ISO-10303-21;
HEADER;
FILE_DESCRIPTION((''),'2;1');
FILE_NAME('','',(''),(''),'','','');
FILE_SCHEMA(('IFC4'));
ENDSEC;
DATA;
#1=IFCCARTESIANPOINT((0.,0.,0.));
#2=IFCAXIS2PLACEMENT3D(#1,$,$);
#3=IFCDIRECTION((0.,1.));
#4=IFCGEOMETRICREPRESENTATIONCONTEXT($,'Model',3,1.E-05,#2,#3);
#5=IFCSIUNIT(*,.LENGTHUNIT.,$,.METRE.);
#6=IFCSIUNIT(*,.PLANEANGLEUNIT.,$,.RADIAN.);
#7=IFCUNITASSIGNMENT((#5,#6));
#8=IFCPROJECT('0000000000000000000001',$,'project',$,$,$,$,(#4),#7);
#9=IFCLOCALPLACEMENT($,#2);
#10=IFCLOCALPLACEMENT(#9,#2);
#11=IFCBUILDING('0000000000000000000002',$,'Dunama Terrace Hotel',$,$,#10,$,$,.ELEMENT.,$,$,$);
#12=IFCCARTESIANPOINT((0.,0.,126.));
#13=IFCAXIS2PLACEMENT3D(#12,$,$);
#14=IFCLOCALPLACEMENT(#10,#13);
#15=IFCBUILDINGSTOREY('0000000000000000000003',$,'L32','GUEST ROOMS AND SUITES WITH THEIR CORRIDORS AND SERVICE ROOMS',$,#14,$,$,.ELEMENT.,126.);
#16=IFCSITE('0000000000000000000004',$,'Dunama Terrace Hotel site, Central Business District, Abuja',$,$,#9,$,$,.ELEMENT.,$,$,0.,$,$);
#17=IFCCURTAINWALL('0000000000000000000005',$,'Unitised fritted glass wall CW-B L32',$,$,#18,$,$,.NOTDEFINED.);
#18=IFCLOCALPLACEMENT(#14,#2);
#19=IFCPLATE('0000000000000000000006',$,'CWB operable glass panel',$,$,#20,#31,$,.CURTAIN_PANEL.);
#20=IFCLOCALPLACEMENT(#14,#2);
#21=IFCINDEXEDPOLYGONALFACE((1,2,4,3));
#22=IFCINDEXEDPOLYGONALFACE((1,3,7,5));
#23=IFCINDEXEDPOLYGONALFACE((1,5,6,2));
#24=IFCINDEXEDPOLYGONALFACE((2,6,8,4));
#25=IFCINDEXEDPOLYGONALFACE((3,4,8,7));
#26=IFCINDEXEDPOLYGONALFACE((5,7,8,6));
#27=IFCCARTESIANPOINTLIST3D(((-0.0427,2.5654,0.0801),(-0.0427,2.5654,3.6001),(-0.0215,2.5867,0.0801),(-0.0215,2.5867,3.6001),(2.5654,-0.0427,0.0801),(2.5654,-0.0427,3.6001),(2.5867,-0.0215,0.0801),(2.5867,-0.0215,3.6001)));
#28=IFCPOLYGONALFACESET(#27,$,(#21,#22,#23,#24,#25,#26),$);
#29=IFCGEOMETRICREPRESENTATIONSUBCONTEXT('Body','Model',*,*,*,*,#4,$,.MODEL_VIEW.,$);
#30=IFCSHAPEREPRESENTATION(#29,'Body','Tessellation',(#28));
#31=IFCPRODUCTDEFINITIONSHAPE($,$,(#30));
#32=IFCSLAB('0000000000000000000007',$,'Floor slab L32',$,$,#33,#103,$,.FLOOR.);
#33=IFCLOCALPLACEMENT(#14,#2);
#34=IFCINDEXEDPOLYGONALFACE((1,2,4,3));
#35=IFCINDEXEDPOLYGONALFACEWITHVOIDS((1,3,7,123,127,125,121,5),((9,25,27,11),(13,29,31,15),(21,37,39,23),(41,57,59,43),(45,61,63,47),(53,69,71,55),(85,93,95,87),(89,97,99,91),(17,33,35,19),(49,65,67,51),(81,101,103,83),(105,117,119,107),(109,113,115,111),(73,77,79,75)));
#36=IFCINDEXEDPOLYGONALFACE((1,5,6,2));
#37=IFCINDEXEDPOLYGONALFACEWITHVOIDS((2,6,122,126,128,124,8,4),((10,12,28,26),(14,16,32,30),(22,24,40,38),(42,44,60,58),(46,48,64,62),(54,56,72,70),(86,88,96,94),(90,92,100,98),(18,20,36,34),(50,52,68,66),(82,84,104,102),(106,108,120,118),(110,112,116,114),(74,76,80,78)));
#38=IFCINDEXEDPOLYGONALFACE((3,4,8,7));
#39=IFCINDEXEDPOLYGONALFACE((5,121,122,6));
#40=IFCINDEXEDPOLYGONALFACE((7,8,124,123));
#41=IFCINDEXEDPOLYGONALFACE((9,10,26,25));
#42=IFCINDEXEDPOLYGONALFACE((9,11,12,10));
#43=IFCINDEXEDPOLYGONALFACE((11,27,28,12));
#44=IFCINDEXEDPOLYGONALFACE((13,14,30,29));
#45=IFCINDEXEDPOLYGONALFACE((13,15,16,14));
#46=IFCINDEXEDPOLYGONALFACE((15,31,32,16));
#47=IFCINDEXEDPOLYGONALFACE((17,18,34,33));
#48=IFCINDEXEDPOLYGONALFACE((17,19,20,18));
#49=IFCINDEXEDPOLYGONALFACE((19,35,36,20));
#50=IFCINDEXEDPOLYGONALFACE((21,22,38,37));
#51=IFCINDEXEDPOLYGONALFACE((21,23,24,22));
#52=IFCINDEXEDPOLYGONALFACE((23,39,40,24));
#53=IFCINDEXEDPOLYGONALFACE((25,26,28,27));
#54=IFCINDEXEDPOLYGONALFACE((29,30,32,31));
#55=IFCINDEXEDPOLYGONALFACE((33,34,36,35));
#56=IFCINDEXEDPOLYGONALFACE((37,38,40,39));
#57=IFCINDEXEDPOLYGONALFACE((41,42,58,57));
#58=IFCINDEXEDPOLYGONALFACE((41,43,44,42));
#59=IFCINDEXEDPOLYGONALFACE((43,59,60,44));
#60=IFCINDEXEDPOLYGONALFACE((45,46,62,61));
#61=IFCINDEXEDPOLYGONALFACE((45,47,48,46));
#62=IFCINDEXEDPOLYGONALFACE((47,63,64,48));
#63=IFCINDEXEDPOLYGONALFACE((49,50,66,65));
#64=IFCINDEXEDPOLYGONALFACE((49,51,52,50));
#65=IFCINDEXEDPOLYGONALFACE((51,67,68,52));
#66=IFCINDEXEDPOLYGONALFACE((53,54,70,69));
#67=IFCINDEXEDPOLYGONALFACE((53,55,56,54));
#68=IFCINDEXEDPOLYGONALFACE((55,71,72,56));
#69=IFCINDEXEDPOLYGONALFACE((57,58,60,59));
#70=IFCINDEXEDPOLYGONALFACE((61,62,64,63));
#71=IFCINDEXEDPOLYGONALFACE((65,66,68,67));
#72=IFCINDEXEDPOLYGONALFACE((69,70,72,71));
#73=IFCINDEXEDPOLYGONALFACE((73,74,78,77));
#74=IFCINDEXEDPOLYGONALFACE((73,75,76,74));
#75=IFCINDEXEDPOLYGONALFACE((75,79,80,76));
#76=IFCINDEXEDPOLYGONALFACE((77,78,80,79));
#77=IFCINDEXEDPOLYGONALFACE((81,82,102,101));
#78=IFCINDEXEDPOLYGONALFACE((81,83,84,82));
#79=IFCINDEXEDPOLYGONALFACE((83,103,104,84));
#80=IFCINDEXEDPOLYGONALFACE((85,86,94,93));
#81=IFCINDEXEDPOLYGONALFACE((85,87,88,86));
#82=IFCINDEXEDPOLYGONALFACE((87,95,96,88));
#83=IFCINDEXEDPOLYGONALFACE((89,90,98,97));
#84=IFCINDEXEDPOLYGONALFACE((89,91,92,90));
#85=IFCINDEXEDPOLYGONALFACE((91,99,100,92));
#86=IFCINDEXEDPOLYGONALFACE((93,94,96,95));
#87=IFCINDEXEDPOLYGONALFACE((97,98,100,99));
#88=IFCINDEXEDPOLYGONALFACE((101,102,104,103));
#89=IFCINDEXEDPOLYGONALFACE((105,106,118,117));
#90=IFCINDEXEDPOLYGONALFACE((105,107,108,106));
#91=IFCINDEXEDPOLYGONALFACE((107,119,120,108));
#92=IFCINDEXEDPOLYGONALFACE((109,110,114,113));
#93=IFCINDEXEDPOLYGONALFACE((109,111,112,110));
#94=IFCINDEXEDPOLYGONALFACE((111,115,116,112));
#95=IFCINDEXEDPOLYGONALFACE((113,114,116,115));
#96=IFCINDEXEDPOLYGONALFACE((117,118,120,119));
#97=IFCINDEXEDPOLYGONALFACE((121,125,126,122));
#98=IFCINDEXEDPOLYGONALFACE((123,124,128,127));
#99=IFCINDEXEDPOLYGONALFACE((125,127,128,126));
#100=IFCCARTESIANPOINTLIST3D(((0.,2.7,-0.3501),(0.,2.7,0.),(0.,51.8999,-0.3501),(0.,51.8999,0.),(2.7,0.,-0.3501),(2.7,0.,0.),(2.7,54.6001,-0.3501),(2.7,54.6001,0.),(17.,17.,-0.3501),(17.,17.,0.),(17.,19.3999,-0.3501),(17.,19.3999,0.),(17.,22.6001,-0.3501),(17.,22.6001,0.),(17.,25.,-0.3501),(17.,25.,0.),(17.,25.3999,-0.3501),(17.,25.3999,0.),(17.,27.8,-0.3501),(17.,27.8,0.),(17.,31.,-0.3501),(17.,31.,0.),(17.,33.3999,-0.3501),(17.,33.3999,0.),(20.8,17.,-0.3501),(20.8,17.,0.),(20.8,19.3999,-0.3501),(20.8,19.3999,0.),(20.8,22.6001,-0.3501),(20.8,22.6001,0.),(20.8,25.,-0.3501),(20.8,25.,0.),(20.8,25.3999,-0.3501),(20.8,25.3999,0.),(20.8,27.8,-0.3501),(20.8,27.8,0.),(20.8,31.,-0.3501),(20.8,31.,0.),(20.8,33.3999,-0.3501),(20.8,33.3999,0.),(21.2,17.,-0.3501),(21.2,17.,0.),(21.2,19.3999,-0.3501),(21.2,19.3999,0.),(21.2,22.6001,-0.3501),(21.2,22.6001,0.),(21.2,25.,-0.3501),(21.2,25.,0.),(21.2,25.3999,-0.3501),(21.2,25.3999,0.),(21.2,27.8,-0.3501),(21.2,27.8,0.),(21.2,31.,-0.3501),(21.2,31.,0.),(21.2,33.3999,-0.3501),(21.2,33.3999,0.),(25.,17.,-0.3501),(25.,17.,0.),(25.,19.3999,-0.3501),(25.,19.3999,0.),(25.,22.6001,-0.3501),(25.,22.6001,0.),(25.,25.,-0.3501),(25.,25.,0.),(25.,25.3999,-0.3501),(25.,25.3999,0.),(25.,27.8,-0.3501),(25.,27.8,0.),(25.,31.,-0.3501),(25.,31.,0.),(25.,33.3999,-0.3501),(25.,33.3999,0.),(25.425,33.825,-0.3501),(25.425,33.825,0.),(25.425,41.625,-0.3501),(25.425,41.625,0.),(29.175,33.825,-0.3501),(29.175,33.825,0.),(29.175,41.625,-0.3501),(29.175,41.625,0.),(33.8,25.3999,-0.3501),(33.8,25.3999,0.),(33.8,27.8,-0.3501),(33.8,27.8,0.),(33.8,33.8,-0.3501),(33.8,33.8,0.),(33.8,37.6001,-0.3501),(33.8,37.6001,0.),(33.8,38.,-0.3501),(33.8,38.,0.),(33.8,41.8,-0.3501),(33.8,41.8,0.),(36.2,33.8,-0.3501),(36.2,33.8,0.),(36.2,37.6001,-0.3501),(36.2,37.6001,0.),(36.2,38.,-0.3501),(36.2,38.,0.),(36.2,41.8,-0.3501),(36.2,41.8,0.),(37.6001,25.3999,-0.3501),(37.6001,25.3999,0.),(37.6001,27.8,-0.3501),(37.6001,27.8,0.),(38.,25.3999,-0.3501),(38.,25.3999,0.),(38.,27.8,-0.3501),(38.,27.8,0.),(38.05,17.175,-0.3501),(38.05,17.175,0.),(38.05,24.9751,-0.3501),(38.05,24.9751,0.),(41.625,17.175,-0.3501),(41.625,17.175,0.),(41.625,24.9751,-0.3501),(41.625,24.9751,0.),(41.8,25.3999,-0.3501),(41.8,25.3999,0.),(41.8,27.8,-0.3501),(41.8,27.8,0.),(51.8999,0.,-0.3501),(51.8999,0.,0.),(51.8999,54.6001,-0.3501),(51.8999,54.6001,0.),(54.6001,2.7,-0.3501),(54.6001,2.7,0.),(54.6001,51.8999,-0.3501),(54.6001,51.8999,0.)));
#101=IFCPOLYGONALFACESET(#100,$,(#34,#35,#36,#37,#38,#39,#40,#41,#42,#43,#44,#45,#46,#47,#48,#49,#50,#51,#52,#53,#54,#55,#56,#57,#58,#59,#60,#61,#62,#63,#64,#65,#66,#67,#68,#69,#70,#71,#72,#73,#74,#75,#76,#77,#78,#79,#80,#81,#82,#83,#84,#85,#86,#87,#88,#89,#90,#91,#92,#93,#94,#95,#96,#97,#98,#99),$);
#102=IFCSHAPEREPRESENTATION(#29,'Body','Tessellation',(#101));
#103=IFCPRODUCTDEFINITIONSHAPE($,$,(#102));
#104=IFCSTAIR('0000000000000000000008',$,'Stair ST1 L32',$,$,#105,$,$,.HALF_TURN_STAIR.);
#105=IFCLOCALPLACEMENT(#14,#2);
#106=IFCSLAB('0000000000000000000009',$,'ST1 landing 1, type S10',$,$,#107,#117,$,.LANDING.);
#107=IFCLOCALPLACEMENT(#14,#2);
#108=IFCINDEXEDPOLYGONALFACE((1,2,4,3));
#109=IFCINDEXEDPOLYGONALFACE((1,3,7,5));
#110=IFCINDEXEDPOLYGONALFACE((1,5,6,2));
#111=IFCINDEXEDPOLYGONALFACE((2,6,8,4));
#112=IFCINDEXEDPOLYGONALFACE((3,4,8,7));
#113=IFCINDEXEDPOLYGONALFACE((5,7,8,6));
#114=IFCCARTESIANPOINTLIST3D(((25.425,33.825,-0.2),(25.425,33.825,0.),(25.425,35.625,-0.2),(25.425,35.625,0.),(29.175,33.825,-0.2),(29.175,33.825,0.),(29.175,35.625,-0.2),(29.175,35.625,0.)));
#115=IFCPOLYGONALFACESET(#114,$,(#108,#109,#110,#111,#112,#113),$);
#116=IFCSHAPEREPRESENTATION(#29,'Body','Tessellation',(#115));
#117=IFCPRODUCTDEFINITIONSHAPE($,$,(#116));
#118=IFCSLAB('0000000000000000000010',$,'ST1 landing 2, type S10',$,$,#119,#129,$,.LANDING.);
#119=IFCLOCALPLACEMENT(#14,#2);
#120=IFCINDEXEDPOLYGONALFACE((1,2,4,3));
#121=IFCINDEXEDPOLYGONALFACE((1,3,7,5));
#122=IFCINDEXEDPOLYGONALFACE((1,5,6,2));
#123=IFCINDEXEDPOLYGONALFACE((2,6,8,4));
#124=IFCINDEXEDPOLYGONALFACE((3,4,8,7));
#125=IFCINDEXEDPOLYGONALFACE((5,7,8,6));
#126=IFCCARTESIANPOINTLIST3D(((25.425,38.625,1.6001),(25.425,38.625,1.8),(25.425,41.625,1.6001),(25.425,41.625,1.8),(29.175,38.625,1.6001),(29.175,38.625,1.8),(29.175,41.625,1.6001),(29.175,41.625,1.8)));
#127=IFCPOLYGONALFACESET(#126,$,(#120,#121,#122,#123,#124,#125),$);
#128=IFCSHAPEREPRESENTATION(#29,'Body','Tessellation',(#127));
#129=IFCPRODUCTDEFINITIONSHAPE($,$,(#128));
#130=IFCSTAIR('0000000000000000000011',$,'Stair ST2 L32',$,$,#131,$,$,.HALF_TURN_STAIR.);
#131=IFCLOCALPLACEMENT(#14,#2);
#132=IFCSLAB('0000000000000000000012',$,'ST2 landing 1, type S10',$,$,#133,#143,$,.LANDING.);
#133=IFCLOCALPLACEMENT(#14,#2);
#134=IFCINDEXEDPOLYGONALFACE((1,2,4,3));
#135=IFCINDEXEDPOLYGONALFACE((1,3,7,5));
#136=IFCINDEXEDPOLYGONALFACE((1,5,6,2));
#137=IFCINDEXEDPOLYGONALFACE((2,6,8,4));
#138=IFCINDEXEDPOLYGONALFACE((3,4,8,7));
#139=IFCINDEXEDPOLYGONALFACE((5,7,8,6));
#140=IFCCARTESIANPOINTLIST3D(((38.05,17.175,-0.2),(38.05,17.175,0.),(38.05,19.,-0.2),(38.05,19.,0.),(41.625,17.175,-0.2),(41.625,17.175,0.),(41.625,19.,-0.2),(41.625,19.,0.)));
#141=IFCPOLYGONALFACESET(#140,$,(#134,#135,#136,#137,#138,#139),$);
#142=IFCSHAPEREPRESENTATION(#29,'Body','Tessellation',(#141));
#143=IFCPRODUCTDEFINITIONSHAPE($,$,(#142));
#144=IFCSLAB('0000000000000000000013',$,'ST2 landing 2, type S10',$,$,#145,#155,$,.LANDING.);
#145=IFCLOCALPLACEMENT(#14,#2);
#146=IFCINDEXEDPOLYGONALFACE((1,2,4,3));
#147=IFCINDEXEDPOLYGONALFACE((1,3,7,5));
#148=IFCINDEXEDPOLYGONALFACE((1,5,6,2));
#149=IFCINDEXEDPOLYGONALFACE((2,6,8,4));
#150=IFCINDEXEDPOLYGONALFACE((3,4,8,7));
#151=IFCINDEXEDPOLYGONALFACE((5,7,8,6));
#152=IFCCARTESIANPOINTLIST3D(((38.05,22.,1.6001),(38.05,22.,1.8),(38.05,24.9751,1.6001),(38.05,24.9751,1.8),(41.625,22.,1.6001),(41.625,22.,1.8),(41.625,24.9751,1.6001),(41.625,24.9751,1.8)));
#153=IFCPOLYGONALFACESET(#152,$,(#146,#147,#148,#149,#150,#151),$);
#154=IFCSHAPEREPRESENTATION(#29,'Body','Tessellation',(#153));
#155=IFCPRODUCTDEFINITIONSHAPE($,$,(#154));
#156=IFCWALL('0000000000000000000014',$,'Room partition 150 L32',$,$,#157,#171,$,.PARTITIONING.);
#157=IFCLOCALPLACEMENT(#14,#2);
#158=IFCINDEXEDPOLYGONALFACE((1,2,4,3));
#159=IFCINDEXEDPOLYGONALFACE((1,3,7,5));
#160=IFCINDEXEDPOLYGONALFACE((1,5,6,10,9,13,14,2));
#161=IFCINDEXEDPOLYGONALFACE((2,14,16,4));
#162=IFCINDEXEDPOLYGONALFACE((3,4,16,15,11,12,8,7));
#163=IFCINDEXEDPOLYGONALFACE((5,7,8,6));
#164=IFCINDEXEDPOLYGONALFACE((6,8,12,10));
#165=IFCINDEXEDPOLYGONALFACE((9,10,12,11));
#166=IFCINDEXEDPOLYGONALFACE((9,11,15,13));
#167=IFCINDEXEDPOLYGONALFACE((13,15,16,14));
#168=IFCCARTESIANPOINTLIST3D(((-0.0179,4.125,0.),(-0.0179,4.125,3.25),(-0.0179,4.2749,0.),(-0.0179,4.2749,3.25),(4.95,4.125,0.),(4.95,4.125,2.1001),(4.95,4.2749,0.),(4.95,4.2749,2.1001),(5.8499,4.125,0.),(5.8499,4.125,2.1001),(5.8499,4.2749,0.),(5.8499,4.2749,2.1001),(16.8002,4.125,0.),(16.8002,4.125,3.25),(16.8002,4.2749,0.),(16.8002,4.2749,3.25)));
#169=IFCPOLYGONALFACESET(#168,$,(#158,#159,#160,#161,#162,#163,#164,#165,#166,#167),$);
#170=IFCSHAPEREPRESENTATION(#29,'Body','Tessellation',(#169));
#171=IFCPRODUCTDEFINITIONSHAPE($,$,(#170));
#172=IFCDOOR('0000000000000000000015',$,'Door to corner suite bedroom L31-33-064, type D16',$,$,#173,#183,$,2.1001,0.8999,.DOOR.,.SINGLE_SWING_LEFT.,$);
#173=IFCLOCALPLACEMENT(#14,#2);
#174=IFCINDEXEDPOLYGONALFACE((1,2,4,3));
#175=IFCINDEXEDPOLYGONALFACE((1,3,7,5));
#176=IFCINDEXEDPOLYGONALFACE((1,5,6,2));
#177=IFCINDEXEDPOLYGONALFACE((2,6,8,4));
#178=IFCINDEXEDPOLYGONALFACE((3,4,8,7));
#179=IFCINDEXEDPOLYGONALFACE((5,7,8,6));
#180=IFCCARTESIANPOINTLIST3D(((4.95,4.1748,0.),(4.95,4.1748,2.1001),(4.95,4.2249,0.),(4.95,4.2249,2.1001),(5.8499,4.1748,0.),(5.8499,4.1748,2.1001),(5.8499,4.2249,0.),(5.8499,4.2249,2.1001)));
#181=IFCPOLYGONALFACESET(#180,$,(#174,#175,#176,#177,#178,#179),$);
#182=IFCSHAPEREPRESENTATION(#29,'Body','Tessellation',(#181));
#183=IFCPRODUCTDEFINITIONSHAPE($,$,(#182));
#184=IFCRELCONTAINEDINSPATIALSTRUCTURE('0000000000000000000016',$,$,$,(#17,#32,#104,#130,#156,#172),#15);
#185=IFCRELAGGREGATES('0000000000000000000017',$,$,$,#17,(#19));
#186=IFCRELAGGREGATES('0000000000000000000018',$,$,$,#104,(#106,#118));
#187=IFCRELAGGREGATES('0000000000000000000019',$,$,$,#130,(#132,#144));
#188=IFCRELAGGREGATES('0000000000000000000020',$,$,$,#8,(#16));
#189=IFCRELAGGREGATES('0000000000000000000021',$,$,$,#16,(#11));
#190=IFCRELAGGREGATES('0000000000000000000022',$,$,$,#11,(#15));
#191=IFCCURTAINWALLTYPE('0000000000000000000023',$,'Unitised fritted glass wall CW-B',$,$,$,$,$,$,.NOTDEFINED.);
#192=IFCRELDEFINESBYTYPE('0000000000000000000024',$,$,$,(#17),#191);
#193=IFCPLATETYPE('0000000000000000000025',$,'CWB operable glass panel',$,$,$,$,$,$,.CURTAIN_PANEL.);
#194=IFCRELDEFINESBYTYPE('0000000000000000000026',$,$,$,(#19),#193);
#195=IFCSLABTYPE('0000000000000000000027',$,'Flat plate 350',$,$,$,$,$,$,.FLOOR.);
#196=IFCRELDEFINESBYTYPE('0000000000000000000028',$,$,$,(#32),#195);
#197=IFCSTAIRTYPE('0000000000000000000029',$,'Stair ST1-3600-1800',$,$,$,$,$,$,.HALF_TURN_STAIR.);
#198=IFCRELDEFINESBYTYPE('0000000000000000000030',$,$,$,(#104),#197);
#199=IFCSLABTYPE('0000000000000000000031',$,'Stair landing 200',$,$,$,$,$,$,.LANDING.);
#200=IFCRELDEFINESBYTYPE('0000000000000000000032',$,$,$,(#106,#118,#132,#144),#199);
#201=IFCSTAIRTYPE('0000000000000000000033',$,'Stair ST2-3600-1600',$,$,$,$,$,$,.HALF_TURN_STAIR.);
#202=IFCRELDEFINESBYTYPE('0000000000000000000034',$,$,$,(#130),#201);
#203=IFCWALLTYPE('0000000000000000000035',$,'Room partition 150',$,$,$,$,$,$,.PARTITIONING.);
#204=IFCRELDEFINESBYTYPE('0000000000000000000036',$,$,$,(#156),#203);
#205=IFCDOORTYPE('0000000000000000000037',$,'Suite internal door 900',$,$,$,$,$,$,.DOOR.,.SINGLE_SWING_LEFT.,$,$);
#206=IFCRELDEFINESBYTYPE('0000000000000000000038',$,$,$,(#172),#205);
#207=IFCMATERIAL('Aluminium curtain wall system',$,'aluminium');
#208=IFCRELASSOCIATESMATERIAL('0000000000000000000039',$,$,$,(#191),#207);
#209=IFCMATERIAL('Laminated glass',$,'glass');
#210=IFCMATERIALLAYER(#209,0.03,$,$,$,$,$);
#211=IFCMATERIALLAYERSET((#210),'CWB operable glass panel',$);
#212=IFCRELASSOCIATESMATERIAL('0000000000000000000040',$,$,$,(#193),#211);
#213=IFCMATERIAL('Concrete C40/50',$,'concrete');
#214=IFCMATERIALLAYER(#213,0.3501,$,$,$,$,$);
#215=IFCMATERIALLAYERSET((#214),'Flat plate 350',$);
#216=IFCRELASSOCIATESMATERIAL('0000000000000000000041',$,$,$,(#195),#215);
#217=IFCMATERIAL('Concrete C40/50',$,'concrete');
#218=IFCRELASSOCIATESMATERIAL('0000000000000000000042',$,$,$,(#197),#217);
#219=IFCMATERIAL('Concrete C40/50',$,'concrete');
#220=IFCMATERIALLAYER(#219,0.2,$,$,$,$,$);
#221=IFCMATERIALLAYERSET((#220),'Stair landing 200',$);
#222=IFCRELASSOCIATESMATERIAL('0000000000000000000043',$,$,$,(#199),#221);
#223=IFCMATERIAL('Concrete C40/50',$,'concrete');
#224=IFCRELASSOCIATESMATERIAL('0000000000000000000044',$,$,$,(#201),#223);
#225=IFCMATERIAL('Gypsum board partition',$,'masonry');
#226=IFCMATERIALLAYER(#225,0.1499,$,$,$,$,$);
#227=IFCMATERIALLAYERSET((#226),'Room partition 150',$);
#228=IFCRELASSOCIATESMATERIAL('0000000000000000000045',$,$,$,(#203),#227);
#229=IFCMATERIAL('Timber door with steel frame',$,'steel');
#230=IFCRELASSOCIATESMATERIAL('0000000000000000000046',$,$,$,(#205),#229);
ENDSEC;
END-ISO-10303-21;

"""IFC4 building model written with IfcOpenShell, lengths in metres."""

from ifc_helpers import new_model, si_unit, direction, frame, frame_2d, origin, origin_2d, place, context, subcontext, project, spatial, polyline, rectangle, outline, extrude, material, layer, layer_set, type_object, element, fill, aggregate, save


model = new_model("IFC4")

# Units and contexts
model_context = context("Model", 3, precision=1e-05, world=origin(), true_north=direction((0.0, 1.0)))
body_context = subcontext(model_context, "Body", "Model", "MODEL_VIEW")
ifc_project = project(units=[si_unit("LENGTHUNIT", "METRE"), si_unit("PLANEANGLEUNIT", "RADIAN")], contexts=[model_context])

# Site, building, storey
site_placement = place(None, origin())
site = spatial("IfcSite", under=ifc_project, at=site_placement, Name="Dunama Terrace Hotel site, Central Business District, Abuja", CompositionType="ELEMENT", RefElevation=0.0)
building_placement = place(site_placement, origin())
building = spatial("IfcBuilding", under=site, at=building_placement, Name="Dunama Terrace Hotel", CompositionType="ELEMENT")
storey_placement = place(building_placement, frame((0.0, 0.0, 126.0)))
storey = spatial("IfcBuildingStorey", under=building, at=storey_placement, Name="L32", Description="GUEST ROOMS AND SUITES WITH THEIR CORRIDORS AND SERVICE ROOMS", CompositionType="ELEMENT", Elevation=126.0)

# Curtain wall
ifc_material_1 = material(Name="Aluminium curtain wall system", Category="aluminium")
curtain_wall_type = type_object("IfcCurtainWallType", Name="Unitised fritted glass wall CW-B", PredefinedType="NOTDEFINED", material=ifc_material_1)
curtain_wall_1_placement = place(storey_placement, origin())
curtain_wall_1 = element("IfcCurtainWall", 1, at=curtain_wall_1_placement, inside=storey, type_object=curtain_wall_type, Name="Unitised fritted glass wall CW-B L32", PredefinedType="NOTDEFINED")

# Plate
ifc_material_2 = material(Name="Laminated glass", Category="glass")
ifc_layer_1 = layer(ifc_material_2, 0.03)
ifc_layer_set_1 = layer_set([ifc_layer_1], Name="CWB operable glass panel")
plate_type_1 = type_object("IfcPlateType", Name="CWB operable glass panel", PredefinedType="CURTAIN_PANEL", material=ifc_layer_set_1)
plate_1_placement = place(storey_placement, frame((1.272, 1.272, 0.0801), z_axis=(0.0, 0.0, 1.0), x_axis=(0.707107, -0.707107, 0.0)))
plate_1 = element("IfcPlate", 2, at=plate_1_placement, type_object=plate_type_1, Name="CWB operable glass panel", PredefinedType="CURTAIN_PANEL", context=body_context, shape_type="SweptSolid", body=[
    extrude(rectangle(XDim=3.6885, YDim=0.03, at=origin_2d()), origin(), (0.0, 0.0, 1.0), 3.52),
])
aggregate(curtain_wall_1, [plate_1])

# Slab
ifc_material_3 = material(Name="Concrete C40/50", Category="concrete")
ifc_layer_2 = layer(ifc_material_3, 0.3501)
ifc_layer_set_2 = layer_set([ifc_layer_2], Name="Flat plate 350")
slab_type_1 = type_object("IfcSlabType", Name="Flat plate 350", PredefinedType="FLOOR", material=ifc_layer_set_2)
slab_1_placement = place(storey_placement, frame((0.0, 0.0, -0.3501)))
element("IfcSlab", 3, at=slab_1_placement, inside=storey, type_object=slab_type_1, Name="Floor slab L32", PredefinedType="FLOOR", context=body_context, shape_type="SweptSolid", body=[
    extrude(outline(polyline([(2.7, 0.0), (51.8999, 0.0), (54.6001, 2.7), (54.6001, 51.8999), (51.8999, 54.6001), (2.7, 54.6001), (0.0, 51.8999), (0.0, 2.7), (2.7, 0.0)]), holes=[polyline([(37.6001, 25.3999), (37.6001, 27.8), (33.8, 27.8), (33.8, 25.3999), (37.6001, 25.3999)]), polyline([(41.8, 25.3999), (41.8, 27.8), (38.0, 27.8), (38.0, 25.3999), (41.8, 25.3999)]), polyline([(20.8, 17.0), (20.8, 19.3999), (17.0, 19.3999), (17.0, 17.0), (20.8, 17.0)]), polyline([(25.0, 17.0), (25.0, 19.3999), (21.2, 19.3999), (21.2, 17.0), (25.0, 17.0)]), polyline([(20.8, 22.6001), (20.8, 25.0), (17.0, 25.0), (17.0, 22.6001), (20.8, 22.6001)]), polyline([(25.0, 22.6001), (25.0, 25.0), (21.2, 25.0), (21.2, 22.6001), (25.0, 22.6001)]), polyline([(20.8, 25.3999), (20.8, 27.8), (17.0, 27.8), (17.0, 25.3999), (20.8, 25.3999)]), polyline([(25.0, 25.3999), (25.0, 27.8), (21.2, 27.8), (21.2, 25.3999), (25.0, 25.3999)]), polyline([(20.8, 31.0), (20.8, 33.3999), (17.0, 33.3999), (17.0, 31.0), (20.8, 31.0)]), polyline([(25.0, 31.0), (25.0, 33.3999), (21.2, 33.3999), (21.2, 31.0), (25.0, 31.0)]), polyline([(36.2, 38.0), (36.2, 41.8), (33.8, 41.8), (33.8, 38.0), (36.2, 38.0)]), polyline([(36.2, 33.8), (36.2, 37.6001), (33.8, 37.6001), (33.8, 33.8), (36.2, 33.8)]), polyline([(29.175, 33.825), (29.175, 41.625), (25.425, 41.625), (25.425, 33.825), (29.175, 33.825)]), polyline([(41.625, 17.175), (41.625, 24.9751), (38.05, 24.9751), (38.05, 17.175), (41.625, 17.175)])]), origin(), (0.0, 0.0, 1.0), 0.3501),
])

# Stairs, slabs
ifc_material_4 = material(Name="Concrete C40/50", Category="concrete")
stair_type_1 = type_object("IfcStairType", Name="Stair ST1-3600-1800", PredefinedType="HALF_TURN_STAIR", material=ifc_material_4)
stair_1_placement = place(storey_placement, origin())
stair_1 = element("IfcStair", 4, at=stair_1_placement, inside=storey, type_object=stair_type_1, Name="Stair ST1 L32", PredefinedType="HALF_TURN_STAIR")
ifc_material_5 = material(Name="Concrete C40/50", Category="concrete")
ifc_layer_3 = layer(ifc_material_5, 0.2)
ifc_layer_set_3 = layer_set([ifc_layer_3], Name="Stair landing 200")
slab_type_2 = type_object("IfcSlabType", Name="Stair landing 200", PredefinedType="LANDING", material=ifc_layer_set_3)
slab_2_placement = place(storey_placement, frame((0.0, 0.0, -0.2)))
slab_2 = element("IfcSlab", 5, at=slab_2_placement, type_object=slab_type_2, Name="ST1 landing 1, type S10", PredefinedType="LANDING", context=body_context, shape_type="SweptSolid", body=[
    extrude(outline(polyline([(25.425, 33.825), (29.175, 33.825), (29.175, 35.625), (25.425, 35.625), (25.425, 33.825)])), origin(), (0.0, 0.0, 1.0), 0.2),
])
slab_3_placement = place(storey_placement, frame((0.0, 0.0, 1.6001)))
slab_3 = element("IfcSlab", 6, at=slab_3_placement, type_object=slab_type_2, Name="ST1 landing 2, type S10", PredefinedType="LANDING", context=body_context, shape_type="SweptSolid", body=[
    extrude(outline(polyline([(25.425, 38.625), (29.175, 38.625), (29.175, 41.625), (25.425, 41.625), (25.425, 38.625)])), origin(), (0.0, 0.0, 1.0), 0.2),
])
aggregate(stair_1, [slab_2, slab_3])
ifc_material_6 = material(Name="Concrete C40/50", Category="concrete")
stair_type_2 = type_object("IfcStairType", Name="Stair ST2-3600-1600", PredefinedType="HALF_TURN_STAIR", material=ifc_material_6)
stair_2_placement = place(storey_placement, origin())
stair_2 = element("IfcStair", 7, at=stair_2_placement, inside=storey, type_object=stair_type_2, Name="Stair ST2 L32", PredefinedType="HALF_TURN_STAIR")
slab_4_placement = place(storey_placement, frame((0.0, 0.0, -0.2)))
slab_4 = element("IfcSlab", 8, at=slab_4_placement, type_object=slab_type_2, Name="ST2 landing 1, type S10", PredefinedType="LANDING", context=body_context, shape_type="SweptSolid", body=[
    extrude(outline(polyline([(38.05, 17.175), (41.625, 17.175), (41.625, 19.0), (38.05, 19.0), (38.05, 17.175)])), origin(), (0.0, 0.0, 1.0), 0.2),
])
slab_5_placement = place(storey_placement, frame((0.0, 0.0, 1.6001)))
slab_5 = element("IfcSlab", 9, at=slab_5_placement, type_object=slab_type_2, Name="ST2 landing 2, type S10", PredefinedType="LANDING", context=body_context, shape_type="SweptSolid", body=[
    extrude(outline(polyline([(38.05, 22.0), (41.625, 22.0), (41.625, 24.9751), (38.05, 24.9751), (38.05, 22.0)])), origin(), (0.0, 0.0, 1.0), 0.2),
])
aggregate(stair_2, [slab_4, slab_5])

# Wall, opening, door
ifc_material_7 = material(Name="Gypsum board partition", Category="masonry")
ifc_layer_4 = layer(ifc_material_7, 0.1499)
ifc_layer_set_4 = layer_set([ifc_layer_4], Name="Room partition 150")
wall_type = type_object("IfcWallType", Name="Room partition 150", PredefinedType="PARTITIONING", material=ifc_layer_set_4)
wall_placement = place(storey_placement, frame((-0.0181, 4.2, 0.0), z_axis=(0.0, 0.0, 1.0), x_axis=(1.0, 0.0, 0.0)))
wall = element("IfcWall", 10, at=wall_placement, inside=storey, type_object=wall_type, Name="Room partition 150 L32", PredefinedType="PARTITIONING", context=body_context, shape_type="SweptSolid", body=[
    extrude(rectangle(XDim=16.8181, YDim=0.1499, at=frame_2d((8.4092, 0.0))), origin(), (0.0, 0.0, 1.0), 3.25),
])
opening_placement = place(wall_placement, frame((4.968, 0.0, 0.0)))
opening = element("IfcOpeningElement", 11, at=opening_placement, cuts=wall, PredefinedType="OPENING", context=body_context, shape_type="SweptSolid", body=[
    extrude(rectangle(XDim=0.8999, YDim=2.1001, at=frame_2d((0.45, 1.05))), frame((0.0, 0.085, 0.0), z_axis=(0.0, -1.0, 0.0), x_axis=(1.0, 0.0, 0.0)), (0.0, 0.0, 1.0), 0.1699),
])
ifc_material_8 = material(Name="Timber door with steel frame", Category="steel")
door_type = type_object("IfcDoorType", Name="Suite internal door 900", OperationType="SINGLE_SWING_LEFT", PredefinedType="DOOR", material=ifc_material_8)
door_placement = place(opening_placement, frame((0.8999, 0.0, 0.0), z_axis=(0.0, 0.0, 1.0), x_axis=(-1.0, 0.0, 0.0)))
door = element("IfcDoor", 12, at=door_placement, inside=storey, type_object=door_type, Name="Door to corner suite bedroom L31-33-064, type D16", OperationType="SINGLE_SWING_LEFT", OverallHeight=2.1001, OverallWidth=0.8999, PredefinedType="DOOR", context=body_context, shape_type="SweptSolid", body=[
    extrude(rectangle(XDim=0.8999, YDim=2.1001, at=frame_2d((0.45, 1.05))), frame((0.0, 0.0251, 0.0), z_axis=(0.0, -1.0, 0.0), x_axis=(1.0, 0.0, 0.0)), (0.0, 0.0, 1.0), 0.05),
])
fill(opening, door)

save(model, "model.ifc")
